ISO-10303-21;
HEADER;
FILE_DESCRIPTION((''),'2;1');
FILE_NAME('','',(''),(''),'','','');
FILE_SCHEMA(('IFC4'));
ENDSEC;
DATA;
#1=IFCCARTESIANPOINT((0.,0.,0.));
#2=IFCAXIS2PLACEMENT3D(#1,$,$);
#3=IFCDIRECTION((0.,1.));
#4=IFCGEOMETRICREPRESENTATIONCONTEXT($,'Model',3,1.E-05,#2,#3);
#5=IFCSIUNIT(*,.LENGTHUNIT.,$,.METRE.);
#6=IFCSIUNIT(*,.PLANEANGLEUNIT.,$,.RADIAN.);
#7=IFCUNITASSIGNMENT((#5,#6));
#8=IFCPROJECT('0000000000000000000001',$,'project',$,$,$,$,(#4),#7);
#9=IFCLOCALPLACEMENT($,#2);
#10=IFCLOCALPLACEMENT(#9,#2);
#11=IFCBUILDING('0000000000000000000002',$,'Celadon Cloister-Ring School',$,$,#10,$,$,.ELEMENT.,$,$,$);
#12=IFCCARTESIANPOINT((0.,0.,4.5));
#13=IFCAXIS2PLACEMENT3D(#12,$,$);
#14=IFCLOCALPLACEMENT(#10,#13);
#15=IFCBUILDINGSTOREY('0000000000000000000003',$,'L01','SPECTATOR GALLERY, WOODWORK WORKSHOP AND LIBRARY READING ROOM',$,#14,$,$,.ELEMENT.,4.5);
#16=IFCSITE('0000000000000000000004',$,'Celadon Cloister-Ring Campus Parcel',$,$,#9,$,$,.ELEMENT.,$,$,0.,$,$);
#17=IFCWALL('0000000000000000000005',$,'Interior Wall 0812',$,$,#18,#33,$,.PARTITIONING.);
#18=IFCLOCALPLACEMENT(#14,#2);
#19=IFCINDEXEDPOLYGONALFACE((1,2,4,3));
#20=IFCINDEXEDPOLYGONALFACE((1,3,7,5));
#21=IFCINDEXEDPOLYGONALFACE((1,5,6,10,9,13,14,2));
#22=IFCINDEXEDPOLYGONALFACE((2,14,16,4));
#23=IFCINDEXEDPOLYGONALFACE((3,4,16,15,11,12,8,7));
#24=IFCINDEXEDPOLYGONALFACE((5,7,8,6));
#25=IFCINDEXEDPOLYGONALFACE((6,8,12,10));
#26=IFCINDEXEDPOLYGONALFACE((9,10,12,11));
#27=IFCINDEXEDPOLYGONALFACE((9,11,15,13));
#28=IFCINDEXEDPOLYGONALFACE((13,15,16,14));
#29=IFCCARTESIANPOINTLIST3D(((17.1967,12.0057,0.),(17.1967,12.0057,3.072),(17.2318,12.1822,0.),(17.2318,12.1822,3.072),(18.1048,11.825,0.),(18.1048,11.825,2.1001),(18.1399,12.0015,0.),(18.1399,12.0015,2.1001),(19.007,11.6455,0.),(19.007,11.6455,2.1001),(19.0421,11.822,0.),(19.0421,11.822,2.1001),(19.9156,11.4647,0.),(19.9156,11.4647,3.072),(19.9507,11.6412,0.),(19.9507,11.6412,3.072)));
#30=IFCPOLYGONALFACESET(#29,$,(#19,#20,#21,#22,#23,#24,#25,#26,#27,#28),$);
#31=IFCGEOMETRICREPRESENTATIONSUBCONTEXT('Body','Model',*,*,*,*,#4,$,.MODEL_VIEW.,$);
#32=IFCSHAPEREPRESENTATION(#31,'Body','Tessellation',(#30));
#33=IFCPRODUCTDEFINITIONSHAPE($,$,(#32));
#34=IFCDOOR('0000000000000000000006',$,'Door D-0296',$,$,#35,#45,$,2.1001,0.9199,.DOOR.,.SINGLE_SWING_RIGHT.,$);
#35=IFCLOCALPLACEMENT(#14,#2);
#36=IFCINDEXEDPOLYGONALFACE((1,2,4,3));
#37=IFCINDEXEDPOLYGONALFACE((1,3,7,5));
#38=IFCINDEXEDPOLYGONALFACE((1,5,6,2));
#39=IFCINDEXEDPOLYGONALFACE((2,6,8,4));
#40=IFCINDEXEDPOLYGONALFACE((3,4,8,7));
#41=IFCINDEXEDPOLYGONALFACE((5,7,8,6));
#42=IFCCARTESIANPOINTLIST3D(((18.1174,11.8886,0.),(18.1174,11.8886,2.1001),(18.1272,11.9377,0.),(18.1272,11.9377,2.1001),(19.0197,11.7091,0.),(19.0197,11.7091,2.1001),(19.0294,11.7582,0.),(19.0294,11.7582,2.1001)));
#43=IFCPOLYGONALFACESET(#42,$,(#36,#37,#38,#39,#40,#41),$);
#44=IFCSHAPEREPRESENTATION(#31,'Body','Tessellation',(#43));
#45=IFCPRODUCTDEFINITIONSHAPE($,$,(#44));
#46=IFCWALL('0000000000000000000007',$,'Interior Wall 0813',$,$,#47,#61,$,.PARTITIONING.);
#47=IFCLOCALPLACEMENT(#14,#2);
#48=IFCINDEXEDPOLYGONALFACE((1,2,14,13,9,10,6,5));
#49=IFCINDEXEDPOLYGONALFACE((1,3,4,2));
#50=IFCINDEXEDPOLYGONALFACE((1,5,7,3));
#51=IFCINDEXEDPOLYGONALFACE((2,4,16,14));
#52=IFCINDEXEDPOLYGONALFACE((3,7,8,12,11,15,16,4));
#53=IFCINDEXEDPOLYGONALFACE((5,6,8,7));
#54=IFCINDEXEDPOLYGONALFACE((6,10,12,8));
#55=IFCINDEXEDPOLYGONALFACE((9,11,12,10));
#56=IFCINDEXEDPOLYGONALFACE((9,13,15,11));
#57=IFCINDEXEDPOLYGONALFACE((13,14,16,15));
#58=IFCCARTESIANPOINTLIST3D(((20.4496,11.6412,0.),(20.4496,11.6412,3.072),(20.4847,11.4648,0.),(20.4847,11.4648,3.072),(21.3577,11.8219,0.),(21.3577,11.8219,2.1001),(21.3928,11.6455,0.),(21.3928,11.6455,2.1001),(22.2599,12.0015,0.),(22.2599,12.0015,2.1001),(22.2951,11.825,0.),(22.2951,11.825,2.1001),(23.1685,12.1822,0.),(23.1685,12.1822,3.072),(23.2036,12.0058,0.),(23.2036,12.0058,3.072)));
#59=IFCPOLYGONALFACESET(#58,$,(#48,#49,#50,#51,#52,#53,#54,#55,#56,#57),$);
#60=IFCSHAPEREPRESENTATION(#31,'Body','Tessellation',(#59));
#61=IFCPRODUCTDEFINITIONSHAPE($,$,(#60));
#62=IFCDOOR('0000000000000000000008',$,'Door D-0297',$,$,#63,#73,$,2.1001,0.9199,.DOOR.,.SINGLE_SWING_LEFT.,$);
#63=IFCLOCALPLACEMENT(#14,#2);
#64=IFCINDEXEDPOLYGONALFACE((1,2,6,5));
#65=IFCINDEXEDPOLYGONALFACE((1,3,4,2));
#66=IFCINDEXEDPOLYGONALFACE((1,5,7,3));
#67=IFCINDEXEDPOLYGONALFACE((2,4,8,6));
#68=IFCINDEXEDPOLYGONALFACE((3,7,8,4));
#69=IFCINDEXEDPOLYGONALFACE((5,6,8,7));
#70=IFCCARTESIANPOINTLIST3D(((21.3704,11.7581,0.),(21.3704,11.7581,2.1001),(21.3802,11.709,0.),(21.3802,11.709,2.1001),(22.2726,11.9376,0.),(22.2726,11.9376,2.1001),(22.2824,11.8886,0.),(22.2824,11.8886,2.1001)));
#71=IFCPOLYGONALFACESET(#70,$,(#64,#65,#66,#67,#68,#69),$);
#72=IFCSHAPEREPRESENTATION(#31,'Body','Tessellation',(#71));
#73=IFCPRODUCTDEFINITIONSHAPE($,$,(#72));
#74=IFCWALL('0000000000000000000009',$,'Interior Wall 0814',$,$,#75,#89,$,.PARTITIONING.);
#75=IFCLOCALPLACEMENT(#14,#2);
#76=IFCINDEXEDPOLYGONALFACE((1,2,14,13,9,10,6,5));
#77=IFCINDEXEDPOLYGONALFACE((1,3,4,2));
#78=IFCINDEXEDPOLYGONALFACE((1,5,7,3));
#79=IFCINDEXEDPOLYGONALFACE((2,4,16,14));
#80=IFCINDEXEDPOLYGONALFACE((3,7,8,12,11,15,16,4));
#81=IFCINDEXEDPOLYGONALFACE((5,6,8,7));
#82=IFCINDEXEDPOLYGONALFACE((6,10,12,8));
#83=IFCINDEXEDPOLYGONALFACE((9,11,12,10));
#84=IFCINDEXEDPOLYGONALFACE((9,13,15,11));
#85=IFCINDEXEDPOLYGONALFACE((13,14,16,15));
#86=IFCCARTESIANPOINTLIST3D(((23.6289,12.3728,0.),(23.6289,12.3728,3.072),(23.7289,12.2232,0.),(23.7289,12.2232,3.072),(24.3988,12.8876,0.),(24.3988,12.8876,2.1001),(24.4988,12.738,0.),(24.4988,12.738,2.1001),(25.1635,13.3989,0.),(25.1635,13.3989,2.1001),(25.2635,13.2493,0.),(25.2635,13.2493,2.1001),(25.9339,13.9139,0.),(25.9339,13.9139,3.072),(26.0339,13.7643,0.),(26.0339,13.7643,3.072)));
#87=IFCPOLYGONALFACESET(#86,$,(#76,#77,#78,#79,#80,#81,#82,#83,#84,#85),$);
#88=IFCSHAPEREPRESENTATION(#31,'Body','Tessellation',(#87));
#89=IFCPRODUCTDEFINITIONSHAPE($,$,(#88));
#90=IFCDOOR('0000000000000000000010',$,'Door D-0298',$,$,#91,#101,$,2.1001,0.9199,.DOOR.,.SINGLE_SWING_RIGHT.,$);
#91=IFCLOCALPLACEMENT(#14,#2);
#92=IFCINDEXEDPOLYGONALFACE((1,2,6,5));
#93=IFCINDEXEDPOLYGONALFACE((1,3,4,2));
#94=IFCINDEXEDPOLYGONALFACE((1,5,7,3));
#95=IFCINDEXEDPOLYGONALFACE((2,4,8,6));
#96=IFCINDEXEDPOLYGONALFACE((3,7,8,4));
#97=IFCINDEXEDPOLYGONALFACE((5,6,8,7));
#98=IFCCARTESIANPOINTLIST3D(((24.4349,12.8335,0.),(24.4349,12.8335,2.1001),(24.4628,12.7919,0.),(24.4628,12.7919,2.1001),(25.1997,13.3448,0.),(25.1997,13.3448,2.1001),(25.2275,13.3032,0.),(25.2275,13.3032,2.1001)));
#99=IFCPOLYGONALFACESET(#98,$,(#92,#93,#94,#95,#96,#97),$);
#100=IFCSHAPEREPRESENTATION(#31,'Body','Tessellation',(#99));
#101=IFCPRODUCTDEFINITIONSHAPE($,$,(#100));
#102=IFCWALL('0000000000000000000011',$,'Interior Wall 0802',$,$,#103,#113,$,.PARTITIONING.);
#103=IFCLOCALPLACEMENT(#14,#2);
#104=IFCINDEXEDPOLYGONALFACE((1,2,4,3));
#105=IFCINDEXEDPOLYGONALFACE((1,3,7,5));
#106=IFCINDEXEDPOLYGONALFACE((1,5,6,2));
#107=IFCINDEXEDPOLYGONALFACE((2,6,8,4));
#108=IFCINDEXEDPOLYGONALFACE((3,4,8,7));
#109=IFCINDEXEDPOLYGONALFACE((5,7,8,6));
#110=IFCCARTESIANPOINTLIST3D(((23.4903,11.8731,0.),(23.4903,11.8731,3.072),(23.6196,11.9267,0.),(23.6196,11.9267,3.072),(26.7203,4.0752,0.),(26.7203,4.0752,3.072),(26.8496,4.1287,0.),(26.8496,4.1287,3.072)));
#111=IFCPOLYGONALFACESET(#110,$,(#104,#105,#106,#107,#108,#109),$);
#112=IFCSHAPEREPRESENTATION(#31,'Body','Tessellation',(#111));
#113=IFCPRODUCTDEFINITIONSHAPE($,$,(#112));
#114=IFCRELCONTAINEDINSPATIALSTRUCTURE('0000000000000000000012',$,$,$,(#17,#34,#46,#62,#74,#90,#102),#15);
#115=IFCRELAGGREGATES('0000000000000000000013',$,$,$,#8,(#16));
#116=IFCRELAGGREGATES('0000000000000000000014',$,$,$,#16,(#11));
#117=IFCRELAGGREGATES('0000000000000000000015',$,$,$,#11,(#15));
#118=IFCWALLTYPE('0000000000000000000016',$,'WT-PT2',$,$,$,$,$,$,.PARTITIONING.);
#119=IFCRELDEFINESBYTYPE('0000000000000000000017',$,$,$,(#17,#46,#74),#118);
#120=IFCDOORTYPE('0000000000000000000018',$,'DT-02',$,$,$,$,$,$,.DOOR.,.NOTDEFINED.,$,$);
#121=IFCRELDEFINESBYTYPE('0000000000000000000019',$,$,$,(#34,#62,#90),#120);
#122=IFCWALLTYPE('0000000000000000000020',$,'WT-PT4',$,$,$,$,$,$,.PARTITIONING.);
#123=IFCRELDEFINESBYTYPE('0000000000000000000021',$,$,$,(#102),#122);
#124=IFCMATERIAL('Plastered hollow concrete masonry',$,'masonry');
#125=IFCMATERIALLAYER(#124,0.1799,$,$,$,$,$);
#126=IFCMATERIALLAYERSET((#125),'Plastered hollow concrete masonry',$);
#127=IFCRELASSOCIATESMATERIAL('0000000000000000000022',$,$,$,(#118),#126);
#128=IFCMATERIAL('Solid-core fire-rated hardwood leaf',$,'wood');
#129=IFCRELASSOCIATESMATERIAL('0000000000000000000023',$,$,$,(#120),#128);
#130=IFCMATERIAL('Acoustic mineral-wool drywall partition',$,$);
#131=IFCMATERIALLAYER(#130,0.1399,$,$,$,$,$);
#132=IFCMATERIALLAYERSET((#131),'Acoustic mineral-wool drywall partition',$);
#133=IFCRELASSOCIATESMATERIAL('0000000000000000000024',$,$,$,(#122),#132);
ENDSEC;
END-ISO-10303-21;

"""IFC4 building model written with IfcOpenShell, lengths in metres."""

from ifc_helpers import new_model, si_unit, direction, frame, frame_2d, origin, place, context, subcontext, project, spatial, rectangle, extrude, material, layer, layer_set, type_object, element, fill, save


model = new_model("IFC4")

# Units and contexts
model_context = context("Model", 3, precision=1e-05, world=origin(), true_north=direction((0.0, 1.0)))
body_context = subcontext(model_context, "Body", "Model", "MODEL_VIEW")
ifc_project = project(units=[si_unit("LENGTHUNIT", "METRE"), si_unit("PLANEANGLEUNIT", "RADIAN")], contexts=[model_context])

# Site, building, storey
site_placement = place(None, origin())
site = spatial("IfcSite", under=ifc_project, at=site_placement, Name="Celadon Cloister-Ring Campus Parcel", CompositionType="ELEMENT", RefElevation=0.0)
building_placement = place(site_placement, origin())
building = spatial("IfcBuilding", under=site, at=building_placement, Name="Celadon Cloister-Ring School", CompositionType="ELEMENT")
storey_placement = place(building_placement, frame((0.0, 0.0, 4.5)))
storey = spatial("IfcBuildingStorey", under=building, at=storey_placement, Name="L01", Description="SPECTATOR GALLERY, WOODWORK WORKSHOP AND LIBRARY READING ROOM", CompositionType="ELEMENT", Elevation=4.5)

# Walls, openings, doors
ifc_material_1 = material(Name="Plastered hollow concrete masonry", Category="masonry")
ifc_layer_1 = layer(ifc_material_1, 0.1799)
ifc_layer_set_1 = layer_set([ifc_layer_1], Name="Plastered hollow concrete masonry")
wall_type_1 = type_object("IfcWallType", Name="WT-PT2", PredefinedType="PARTITIONING", material=ifc_layer_set_1)
wall_1_placement = place(storey_placement, frame((17.2141, 12.094, 0.0), z_axis=(0.0, 0.0, 1.0), x_axis=(0.980773, -0.195151, 0.0)))
wall_1 = element("IfcWall", 1, at=wall_1_placement, inside=storey, type_object=wall_type_1, Name="Interior Wall 0812", PredefinedType="PARTITIONING", context=body_context, shape_type="SweptSolid", body=[
    extrude(rectangle(XDim=2.7722, YDim=0.1799, at=frame_2d((1.3862, 0.0))), origin(), (0.0, 0.0, 1.0), 3.072),
])
opening_1_placement = place(wall_1_placement, frame((0.926, 0.0, 0.0)))
opening_1 = element("IfcOpeningElement", 2, at=opening_1_placement, cuts=wall_1, PredefinedType="OPENING", context=body_context, shape_type="SweptSolid", body=[
    extrude(rectangle(XDim=0.9199, YDim=2.1001, at=frame_2d((0.46, 1.05))), frame((0.0, 0.1001, 0.0), z_axis=(0.0, -1.0, 0.0), x_axis=(1.0, 0.0, 0.0)), (0.0, 0.0, 1.0), 0.2),
])
ifc_material_2 = material(Name="Solid-core fire-rated hardwood leaf", Category="wood")
door_type = type_object("IfcDoorType", Name="DT-02", OperationType="NOTDEFINED", PredefinedType="DOOR", material=ifc_material_2)
door_1_placement = place(opening_1_placement, origin())
door_1 = element("IfcDoor", 3, at=door_1_placement, inside=storey, type_object=door_type, Name="Door D-0296", OperationType="SINGLE_SWING_RIGHT", OverallHeight=2.1001, OverallWidth=0.9199, PredefinedType="DOOR", context=body_context, shape_type="SweptSolid", body=[
    extrude(rectangle(XDim=0.9199, YDim=2.1001, at=frame_2d((0.46, 1.05))), frame((0.0, 0.0249, 0.0), z_axis=(0.0, -1.0, 0.0), x_axis=(1.0, 0.0, 0.0)), (0.0, 0.0, 1.0), 0.05),
])
fill(opening_1, door_1)
wall_2_placement = place(storey_placement, frame((20.467, 11.553, 0.0), z_axis=(0.0, 0.0, 1.0), x_axis=(0.980773, 0.195151, 0.0)))
wall_2 = element("IfcWall", 4, at=wall_2_placement, inside=storey, type_object=wall_type_1, Name="Interior Wall 0813", PredefinedType="PARTITIONING", context=body_context, shape_type="SweptSolid", body=[
    extrude(rectangle(XDim=2.7722, YDim=0.1799, at=frame_2d((1.3862, 0.0))), origin(), (0.0, 0.0, 1.0), 3.072),
])
opening_2_placement = place(wall_2_placement, frame((0.926, 0.0, 0.0)))
opening_2 = element("IfcOpeningElement", 5, at=opening_2_placement, cuts=wall_2, PredefinedType="OPENING", context=body_context, shape_type="SweptSolid", body=[
    extrude(rectangle(XDim=0.9199, YDim=2.1001, at=frame_2d((0.46, 1.05))), frame((0.0, 0.1001, 0.0), z_axis=(0.0, -1.0, 0.0), x_axis=(1.0, 0.0, 0.0)), (0.0, 0.0, 1.0), 0.2),
])
door_2_placement = place(opening_2_placement, origin())
door_2 = element("IfcDoor", 6, at=door_2_placement, inside=storey, type_object=door_type, Name="Door D-0297", OperationType="SINGLE_SWING_LEFT", OverallHeight=2.1001, OverallWidth=0.9199, PredefinedType="DOOR", context=body_context, shape_type="SweptSolid", body=[
    extrude(rectangle(XDim=0.9199, YDim=2.1001, at=frame_2d((0.46, 1.05))), frame((0.0, 0.0249, 0.0), z_axis=(0.0, -1.0, 0.0), x_axis=(1.0, 0.0, 0.0)), (0.0, 0.0, 1.0), 0.05),
])
fill(opening_2, door_2)
wall_3_placement = place(storey_placement, frame((23.679, 12.2981, 0.0), z_axis=(0.0, 0.0, 1.0), x_axis=(0.831318, 0.555797, 0.0)))
wall_3 = element("IfcWall", 7, at=wall_3_placement, inside=storey, type_object=wall_type_1, Name="Interior Wall 0814", PredefinedType="PARTITIONING", context=body_context, shape_type="SweptSolid", body=[
    extrude(rectangle(XDim=2.7727, YDim=0.1799, at=frame_2d((1.3862, 0.0))), origin(), (0.0, 0.0, 1.0), 3.072),
])
opening_3_placement = place(wall_3_placement, frame((0.926, 0.0, 0.0)))
opening_3 = element("IfcOpeningElement", 8, at=opening_3_placement, cuts=wall_3, PredefinedType="OPENING", context=body_context, shape_type="SweptSolid", body=[
    extrude(rectangle(XDim=0.9199, YDim=2.1001, at=frame_2d((0.46, 1.05))), frame((0.0, 0.1001, 0.0), z_axis=(0.0, -1.0, 0.0), x_axis=(1.0, 0.0, 0.0)), (0.0, 0.0, 1.0), 0.2),
])
door_3_placement = place(opening_3_placement, origin())
door_3 = element("IfcDoor", 9, at=door_3_placement, inside=storey, type_object=door_type, Name="Door D-0298", OperationType="SINGLE_SWING_RIGHT", OverallHeight=2.1001, OverallWidth=0.9199, PredefinedType="DOOR", context=body_context, shape_type="SweptSolid", body=[
    extrude(rectangle(XDim=0.9199, YDim=2.1001, at=frame_2d((0.46, 1.05))), frame((0.0, 0.0249, 0.0), z_axis=(0.0, -1.0, 0.0), x_axis=(1.0, 0.0, 0.0)), (0.0, 0.0, 1.0), 0.05),
])
fill(opening_3, door_3)

# Wall
ifc_material_3 = material(Name="Acoustic mineral-wool drywall partition")
ifc_layer_2 = layer(ifc_material_3, 0.1399)
ifc_layer_set_2 = layer_set([ifc_layer_2], Name="Acoustic mineral-wool drywall partition")
wall_type_2 = type_object("IfcWallType", Name="WT-PT4", PredefinedType="PARTITIONING", material=ifc_layer_set_2)
wall_4_placement = place(storey_placement, frame((23.5549, 11.8999, 0.0), z_axis=(0.0, 0.0, 1.0), x_axis=(0.382684, -0.923879, 0.0)))
element("IfcWall", 10, at=wall_4_placement, inside=storey, type_object=wall_type_2, Name="Interior Wall 0802", PredefinedType="PARTITIONING", context=body_context, shape_type="SweptSolid", body=[
    extrude(rectangle(XDim=8.4404, YDim=0.1399, at=frame_2d((4.2202, 0.0))), origin(), (0.0, 0.0, 1.0), 3.072),
])

save(model, "model.ifc")
